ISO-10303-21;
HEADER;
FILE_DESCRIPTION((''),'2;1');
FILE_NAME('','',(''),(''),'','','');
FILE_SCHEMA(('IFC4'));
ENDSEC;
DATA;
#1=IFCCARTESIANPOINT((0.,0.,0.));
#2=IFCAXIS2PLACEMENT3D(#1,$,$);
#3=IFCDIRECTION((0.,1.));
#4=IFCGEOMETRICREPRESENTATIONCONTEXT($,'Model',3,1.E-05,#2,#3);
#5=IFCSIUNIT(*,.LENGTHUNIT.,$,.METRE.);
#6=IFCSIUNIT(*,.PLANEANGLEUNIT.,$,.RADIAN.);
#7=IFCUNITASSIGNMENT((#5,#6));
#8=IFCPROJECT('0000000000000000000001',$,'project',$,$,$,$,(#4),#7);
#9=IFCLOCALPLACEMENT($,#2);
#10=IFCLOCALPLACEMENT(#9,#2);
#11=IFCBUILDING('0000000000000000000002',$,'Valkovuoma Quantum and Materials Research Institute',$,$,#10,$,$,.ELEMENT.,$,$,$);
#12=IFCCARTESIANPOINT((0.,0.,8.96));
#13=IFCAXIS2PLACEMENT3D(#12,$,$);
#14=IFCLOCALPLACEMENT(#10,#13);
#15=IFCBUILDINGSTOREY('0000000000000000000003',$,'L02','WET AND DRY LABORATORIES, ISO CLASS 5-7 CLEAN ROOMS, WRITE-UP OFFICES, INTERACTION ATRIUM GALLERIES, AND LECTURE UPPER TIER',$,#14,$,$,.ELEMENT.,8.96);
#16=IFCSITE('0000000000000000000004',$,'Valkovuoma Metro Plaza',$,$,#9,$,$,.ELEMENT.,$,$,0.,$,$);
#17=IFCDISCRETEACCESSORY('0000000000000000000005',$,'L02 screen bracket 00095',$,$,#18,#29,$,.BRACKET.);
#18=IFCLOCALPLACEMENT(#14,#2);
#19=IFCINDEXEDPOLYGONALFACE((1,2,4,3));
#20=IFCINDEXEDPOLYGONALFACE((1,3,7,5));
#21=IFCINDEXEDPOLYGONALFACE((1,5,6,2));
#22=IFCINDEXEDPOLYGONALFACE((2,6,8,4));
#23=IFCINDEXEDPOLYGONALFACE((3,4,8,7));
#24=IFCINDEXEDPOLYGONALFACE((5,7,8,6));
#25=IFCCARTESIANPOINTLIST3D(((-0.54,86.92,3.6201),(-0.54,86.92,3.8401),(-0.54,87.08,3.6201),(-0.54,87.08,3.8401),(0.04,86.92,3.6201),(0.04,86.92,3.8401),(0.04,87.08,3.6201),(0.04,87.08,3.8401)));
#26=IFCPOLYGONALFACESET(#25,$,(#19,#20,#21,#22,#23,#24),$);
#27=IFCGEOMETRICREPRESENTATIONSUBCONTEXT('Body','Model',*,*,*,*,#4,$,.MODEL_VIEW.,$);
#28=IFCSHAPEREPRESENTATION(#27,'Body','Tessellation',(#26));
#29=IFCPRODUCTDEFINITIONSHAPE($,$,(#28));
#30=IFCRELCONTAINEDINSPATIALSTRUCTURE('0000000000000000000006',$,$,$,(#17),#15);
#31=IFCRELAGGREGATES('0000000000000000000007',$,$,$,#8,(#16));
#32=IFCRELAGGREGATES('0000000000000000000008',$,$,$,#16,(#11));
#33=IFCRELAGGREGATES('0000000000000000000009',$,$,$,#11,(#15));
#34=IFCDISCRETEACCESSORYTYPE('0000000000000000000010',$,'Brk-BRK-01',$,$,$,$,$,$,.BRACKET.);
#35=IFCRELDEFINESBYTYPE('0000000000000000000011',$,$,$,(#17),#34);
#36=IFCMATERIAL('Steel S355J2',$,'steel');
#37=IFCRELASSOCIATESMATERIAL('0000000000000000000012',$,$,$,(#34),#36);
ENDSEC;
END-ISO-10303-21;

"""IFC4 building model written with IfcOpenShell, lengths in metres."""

from ifc_helpers import new_model, si_unit, direction, frame, origin, origin_2d, place, context, subcontext, project, spatial, rectangle, extrude, material, type_object, element, save


model = new_model("IFC4")

# Units and contexts
model_context = context("Model", 3, precision=1e-05, world=origin(), true_north=direction((0.0, 1.0)))
body_context = subcontext(model_context, "Body", "Model", "MODEL_VIEW")
ifc_project = project(units=[si_unit("LENGTHUNIT", "METRE"), si_unit("PLANEANGLEUNIT", "RADIAN")], contexts=[model_context])

# Site, building, storey
site_placement = place(None, origin())
site = spatial("IfcSite", under=ifc_project, at=site_placement, Name="Valkovuoma Metro Plaza", CompositionType="ELEMENT", RefElevation=0.0)
building_placement = place(site_placement, origin())
building = spatial("IfcBuilding", under=site, at=building_placement, Name="Valkovuoma Quantum and Materials Research Institute", CompositionType="ELEMENT")
storey_placement = place(building_placement, frame((0.0, 0.0, 8.96)))
storey = spatial("IfcBuildingStorey", under=building, at=storey_placement, Name="L02", Description="WET AND DRY LABORATORIES, ISO CLASS 5-7 CLEAN ROOMS, WRITE-UP OFFICES, INTERACTION ATRIUM GALLERIES, AND LECTURE UPPER TIER", CompositionType="ELEMENT", Elevation=8.96)

# Discrete accessory
ifc_material_1 = material(Name="Steel S355J2", Category="steel")
discrete_accessory_type = type_object("IfcDiscreteAccessoryType", Name="Brk-BRK-01", PredefinedType="BRACKET", material=ifc_material_1)
for number, where, z_axis, x_axis, name in (
    (1, (-0.25, 87.0, 3.6201), (0.0, 0.0, 1.0), (1.0, 0.0, 0.0), "L02 screen bracket 00095"),
):
    element("IfcDiscreteAccessory", number, at=place(storey_placement, frame(where, z_axis=z_axis, x_axis=x_axis)), inside=storey, type_object=discrete_accessory_type, Name=name, PredefinedType="BRACKET", context=body_context, shape_type="SweptSolid", body=[
        extrude(rectangle(XDim=0.5801, YDim=0.1599, at=origin_2d()), origin(), (0.0, 0.0, 1.0), 0.22),
    ])

save(model, "model.ifc")
